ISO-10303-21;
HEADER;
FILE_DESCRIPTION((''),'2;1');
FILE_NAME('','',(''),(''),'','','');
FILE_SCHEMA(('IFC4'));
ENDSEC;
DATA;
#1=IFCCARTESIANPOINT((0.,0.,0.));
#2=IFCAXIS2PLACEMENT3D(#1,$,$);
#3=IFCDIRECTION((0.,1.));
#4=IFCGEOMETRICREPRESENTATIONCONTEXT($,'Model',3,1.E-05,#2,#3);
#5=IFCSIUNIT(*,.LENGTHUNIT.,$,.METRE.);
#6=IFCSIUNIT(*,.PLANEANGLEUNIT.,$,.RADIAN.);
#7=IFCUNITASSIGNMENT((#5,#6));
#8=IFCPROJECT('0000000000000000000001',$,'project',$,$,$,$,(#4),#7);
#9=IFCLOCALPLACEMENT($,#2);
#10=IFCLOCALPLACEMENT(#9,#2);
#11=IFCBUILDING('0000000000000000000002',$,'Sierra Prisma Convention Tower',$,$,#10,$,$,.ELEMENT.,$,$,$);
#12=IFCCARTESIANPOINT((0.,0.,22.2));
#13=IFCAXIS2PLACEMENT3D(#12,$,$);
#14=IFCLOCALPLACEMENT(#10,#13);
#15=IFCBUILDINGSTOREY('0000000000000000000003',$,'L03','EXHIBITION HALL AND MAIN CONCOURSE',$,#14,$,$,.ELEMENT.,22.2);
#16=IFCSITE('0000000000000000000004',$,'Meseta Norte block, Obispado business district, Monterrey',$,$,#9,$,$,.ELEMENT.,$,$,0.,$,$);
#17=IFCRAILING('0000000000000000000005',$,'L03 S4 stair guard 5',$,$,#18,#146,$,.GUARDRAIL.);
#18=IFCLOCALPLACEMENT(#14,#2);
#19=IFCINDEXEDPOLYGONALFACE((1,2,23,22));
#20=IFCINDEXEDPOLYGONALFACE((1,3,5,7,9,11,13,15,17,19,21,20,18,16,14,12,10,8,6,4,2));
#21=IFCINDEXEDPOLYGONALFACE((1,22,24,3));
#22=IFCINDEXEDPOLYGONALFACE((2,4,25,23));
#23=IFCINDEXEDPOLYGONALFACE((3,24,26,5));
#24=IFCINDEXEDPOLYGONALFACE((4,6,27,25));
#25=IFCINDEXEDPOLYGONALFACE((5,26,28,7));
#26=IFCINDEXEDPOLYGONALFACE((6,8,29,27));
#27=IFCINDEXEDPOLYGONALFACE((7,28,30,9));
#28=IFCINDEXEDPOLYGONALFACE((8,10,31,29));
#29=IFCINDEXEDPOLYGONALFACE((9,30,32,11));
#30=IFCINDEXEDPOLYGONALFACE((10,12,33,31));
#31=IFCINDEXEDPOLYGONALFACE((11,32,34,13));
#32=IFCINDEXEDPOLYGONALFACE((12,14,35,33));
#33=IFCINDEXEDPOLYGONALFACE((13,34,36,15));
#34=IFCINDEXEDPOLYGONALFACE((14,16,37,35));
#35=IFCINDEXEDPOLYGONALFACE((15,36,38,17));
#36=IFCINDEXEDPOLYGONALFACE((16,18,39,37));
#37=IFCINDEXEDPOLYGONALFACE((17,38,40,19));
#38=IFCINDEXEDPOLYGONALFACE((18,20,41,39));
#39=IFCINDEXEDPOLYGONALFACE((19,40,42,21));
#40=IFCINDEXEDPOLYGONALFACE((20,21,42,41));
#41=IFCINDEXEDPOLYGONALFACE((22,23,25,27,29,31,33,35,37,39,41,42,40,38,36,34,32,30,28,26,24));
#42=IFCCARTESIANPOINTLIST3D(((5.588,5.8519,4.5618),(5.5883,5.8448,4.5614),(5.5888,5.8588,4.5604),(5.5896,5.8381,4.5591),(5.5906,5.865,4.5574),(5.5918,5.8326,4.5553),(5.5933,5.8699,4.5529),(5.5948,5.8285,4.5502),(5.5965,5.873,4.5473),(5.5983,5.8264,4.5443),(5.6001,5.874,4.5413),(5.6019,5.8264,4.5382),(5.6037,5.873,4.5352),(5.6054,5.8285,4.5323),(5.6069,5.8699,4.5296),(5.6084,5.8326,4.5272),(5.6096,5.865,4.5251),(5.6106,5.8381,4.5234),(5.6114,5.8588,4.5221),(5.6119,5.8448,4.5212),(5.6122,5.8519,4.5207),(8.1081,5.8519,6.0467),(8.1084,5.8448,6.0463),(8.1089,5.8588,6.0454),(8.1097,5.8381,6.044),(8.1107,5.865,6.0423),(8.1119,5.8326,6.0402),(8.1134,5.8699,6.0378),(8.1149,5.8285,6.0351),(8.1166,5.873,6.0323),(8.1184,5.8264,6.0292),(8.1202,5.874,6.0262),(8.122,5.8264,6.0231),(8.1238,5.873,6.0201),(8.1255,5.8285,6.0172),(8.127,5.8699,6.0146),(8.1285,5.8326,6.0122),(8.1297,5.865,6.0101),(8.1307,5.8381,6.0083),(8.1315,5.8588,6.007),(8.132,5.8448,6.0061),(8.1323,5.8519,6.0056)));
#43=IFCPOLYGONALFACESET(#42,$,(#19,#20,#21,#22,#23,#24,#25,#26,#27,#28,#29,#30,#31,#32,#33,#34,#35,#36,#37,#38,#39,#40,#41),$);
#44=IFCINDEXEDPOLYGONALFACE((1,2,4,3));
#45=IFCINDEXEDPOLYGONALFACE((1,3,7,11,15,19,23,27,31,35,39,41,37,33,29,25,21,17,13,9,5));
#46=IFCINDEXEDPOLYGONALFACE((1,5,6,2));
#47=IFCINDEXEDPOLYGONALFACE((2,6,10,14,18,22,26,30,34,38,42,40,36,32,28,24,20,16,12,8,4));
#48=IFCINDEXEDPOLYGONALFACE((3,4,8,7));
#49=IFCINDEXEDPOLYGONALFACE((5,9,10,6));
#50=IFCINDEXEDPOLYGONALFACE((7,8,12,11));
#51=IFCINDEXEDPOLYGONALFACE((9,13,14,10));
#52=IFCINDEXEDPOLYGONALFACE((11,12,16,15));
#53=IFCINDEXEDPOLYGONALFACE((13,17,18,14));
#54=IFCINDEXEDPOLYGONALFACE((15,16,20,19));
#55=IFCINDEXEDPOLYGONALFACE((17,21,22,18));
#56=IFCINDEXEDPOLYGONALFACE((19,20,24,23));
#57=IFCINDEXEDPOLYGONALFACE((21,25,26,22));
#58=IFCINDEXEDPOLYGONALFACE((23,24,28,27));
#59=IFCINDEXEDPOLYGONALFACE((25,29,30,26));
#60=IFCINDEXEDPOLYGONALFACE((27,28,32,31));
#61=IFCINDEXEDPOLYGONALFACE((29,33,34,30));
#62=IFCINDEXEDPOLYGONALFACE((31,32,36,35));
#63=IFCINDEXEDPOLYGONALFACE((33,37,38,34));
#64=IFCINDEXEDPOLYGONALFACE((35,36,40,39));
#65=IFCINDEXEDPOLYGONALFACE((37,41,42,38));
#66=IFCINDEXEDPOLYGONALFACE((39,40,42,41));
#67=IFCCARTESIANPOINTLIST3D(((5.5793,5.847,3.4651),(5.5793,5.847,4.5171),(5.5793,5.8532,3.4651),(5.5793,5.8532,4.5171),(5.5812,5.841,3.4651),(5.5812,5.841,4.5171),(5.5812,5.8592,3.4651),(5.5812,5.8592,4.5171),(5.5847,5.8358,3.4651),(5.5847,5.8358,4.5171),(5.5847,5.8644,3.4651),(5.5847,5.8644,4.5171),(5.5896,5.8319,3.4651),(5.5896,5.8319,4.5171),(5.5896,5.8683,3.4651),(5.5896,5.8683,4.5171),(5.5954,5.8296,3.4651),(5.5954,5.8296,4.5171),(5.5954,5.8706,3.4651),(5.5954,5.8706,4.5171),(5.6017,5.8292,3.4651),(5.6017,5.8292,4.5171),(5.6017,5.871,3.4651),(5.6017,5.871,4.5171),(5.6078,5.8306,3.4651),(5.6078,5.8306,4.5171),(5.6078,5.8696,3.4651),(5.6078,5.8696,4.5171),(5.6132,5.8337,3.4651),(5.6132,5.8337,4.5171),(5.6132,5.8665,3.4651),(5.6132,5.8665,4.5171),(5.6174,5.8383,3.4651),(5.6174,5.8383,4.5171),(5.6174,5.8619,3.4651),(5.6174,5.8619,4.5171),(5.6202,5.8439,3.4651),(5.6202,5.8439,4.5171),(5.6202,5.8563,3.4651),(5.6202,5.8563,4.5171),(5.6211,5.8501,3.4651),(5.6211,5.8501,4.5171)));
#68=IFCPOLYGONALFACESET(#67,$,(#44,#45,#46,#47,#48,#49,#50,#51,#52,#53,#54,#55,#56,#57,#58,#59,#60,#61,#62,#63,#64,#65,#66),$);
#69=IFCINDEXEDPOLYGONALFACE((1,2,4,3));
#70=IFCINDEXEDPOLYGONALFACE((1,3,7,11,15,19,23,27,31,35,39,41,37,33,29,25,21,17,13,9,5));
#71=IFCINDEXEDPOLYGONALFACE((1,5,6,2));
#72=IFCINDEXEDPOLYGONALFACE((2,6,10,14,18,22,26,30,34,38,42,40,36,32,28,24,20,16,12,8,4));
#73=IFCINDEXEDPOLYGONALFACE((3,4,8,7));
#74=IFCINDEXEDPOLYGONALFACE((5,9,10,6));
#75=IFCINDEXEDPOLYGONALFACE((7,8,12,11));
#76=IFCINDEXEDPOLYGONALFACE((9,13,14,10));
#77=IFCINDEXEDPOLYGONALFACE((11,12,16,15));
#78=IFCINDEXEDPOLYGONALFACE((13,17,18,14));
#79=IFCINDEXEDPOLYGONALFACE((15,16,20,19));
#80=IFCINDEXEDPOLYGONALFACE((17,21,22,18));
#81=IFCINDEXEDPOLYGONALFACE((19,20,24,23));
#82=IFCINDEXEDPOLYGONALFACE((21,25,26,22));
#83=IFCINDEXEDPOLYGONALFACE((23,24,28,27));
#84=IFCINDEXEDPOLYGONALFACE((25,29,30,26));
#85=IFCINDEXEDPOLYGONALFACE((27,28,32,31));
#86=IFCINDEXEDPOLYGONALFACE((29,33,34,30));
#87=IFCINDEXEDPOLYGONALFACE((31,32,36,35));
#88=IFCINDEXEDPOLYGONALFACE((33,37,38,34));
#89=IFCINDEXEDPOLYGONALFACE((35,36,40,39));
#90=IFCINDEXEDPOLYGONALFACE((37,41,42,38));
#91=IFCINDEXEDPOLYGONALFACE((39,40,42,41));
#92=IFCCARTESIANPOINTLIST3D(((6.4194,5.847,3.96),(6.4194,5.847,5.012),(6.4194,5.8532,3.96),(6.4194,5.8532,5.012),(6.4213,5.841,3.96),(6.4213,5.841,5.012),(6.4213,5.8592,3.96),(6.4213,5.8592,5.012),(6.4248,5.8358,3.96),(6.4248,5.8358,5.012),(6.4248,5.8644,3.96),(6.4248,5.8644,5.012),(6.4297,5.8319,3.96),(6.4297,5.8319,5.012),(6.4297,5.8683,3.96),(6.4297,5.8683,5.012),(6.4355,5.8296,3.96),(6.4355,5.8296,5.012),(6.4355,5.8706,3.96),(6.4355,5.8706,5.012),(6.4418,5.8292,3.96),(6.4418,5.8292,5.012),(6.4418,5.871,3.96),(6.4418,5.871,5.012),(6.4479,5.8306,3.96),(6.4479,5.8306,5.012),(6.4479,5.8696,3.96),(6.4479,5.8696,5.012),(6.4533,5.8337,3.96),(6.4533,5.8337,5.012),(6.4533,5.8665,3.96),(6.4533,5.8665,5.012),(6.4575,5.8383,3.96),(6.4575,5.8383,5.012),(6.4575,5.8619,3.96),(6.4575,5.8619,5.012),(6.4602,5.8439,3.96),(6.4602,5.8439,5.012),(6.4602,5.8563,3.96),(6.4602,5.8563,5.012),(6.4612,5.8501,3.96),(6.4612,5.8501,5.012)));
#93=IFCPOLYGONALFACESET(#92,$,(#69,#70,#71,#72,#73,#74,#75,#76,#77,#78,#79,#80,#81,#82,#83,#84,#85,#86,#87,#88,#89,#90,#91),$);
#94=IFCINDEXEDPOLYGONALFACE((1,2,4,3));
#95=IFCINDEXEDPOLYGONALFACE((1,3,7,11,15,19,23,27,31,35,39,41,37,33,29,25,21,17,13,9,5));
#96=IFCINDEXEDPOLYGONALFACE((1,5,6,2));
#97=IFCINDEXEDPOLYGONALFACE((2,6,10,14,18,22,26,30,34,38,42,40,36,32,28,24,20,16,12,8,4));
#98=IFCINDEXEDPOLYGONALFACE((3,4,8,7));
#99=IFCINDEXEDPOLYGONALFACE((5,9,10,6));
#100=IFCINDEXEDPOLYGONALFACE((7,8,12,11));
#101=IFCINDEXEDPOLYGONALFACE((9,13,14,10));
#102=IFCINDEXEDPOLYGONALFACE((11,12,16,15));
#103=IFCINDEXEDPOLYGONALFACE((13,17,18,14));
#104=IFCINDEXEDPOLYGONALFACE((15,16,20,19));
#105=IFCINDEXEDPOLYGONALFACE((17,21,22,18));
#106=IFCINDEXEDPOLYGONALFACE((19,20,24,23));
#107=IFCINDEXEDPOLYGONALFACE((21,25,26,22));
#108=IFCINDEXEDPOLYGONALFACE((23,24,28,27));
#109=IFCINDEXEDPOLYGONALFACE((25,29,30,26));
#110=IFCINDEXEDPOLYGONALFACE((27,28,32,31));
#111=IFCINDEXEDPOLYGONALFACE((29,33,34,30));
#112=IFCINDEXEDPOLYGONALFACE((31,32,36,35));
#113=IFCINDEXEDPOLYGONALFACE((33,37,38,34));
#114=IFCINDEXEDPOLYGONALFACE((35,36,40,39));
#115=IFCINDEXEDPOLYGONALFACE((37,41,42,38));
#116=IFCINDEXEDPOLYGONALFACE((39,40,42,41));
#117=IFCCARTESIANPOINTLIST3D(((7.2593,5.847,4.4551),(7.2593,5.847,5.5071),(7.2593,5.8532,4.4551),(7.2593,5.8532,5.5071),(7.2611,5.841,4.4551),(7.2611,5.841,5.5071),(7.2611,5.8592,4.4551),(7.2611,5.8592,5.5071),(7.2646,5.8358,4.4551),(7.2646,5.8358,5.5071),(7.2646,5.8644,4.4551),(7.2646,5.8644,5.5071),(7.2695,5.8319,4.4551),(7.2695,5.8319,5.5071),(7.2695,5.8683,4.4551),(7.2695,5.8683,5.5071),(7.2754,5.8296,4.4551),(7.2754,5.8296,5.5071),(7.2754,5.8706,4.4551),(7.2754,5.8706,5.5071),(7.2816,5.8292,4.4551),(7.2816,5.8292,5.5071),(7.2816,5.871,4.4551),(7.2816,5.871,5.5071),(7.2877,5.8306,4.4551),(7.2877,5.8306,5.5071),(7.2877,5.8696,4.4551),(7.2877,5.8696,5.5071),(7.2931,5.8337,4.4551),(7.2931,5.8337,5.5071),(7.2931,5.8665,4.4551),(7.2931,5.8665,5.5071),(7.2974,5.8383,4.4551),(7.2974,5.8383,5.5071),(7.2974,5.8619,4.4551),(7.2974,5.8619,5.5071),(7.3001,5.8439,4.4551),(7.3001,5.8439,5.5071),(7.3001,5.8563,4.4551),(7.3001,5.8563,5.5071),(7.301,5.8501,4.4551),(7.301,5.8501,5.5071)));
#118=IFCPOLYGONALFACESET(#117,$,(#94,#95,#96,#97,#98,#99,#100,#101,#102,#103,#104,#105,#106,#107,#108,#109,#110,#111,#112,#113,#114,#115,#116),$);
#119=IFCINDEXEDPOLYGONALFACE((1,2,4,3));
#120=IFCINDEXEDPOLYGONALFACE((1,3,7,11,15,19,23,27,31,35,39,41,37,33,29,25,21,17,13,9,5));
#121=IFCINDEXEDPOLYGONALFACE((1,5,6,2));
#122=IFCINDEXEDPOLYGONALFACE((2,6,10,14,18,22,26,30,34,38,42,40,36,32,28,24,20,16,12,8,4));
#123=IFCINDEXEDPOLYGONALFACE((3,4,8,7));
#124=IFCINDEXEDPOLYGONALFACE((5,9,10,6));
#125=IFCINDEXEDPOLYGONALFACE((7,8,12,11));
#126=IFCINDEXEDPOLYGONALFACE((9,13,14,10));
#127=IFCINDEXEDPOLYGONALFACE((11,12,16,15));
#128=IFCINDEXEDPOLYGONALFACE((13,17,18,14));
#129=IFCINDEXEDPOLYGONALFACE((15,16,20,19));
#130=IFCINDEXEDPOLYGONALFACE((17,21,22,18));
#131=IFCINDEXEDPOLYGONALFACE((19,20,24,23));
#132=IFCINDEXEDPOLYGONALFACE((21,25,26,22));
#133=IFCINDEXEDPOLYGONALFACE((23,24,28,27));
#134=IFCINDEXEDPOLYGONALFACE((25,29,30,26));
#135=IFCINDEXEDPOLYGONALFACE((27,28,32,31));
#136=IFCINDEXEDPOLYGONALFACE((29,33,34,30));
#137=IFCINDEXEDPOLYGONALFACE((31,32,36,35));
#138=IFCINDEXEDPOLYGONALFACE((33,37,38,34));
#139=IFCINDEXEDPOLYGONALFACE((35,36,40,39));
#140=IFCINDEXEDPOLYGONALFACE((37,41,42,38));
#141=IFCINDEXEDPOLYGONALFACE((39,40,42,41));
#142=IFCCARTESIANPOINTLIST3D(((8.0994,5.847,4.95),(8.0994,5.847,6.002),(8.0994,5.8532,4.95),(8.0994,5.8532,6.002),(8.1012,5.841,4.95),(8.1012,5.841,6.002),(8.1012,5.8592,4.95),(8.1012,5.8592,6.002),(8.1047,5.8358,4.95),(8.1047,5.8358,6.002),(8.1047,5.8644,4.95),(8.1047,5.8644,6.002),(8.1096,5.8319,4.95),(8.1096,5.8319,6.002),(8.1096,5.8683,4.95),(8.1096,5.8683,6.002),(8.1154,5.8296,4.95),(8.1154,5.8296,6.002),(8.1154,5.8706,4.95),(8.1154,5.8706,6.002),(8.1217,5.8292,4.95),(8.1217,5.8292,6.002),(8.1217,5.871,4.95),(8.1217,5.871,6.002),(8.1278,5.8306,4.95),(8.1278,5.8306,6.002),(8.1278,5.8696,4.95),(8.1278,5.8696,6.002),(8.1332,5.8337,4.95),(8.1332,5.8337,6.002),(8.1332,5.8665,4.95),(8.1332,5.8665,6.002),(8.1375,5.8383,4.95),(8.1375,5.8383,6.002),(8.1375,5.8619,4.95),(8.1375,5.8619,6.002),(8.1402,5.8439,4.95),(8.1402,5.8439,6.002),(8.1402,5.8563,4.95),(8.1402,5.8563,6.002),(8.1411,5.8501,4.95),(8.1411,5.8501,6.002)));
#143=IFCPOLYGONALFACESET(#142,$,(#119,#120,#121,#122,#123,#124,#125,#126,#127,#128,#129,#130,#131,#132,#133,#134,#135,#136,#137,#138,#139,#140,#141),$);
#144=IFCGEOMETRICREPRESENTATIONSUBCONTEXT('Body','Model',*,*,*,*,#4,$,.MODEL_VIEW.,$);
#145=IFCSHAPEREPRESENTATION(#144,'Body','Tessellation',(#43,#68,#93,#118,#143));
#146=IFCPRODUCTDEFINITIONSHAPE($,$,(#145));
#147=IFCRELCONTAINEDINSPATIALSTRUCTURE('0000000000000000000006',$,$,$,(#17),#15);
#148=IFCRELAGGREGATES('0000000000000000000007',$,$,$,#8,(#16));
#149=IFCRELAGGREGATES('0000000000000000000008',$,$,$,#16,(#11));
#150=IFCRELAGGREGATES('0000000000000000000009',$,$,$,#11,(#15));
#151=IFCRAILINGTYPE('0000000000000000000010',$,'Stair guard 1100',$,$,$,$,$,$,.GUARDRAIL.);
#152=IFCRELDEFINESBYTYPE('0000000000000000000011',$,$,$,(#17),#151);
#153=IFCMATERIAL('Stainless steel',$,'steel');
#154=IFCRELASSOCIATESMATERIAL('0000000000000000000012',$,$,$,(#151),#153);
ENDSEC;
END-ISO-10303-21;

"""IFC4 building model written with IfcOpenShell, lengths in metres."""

from ifc_helpers import new_model, si_unit, direction, frame, origin, origin_2d, place, context, subcontext, project, spatial, circle, extrude, material, type_object, element, save


model = new_model("IFC4")

# Units and contexts
model_context = context("Model", 3, precision=1e-05, world=origin(), true_north=direction((0.0, 1.0)))
body_context = subcontext(model_context, "Body", "Model", "MODEL_VIEW")
ifc_project = project(units=[si_unit("LENGTHUNIT", "METRE"), si_unit("PLANEANGLEUNIT", "RADIAN")], contexts=[model_context])

# Site, building, storey
site_placement = place(None, origin())
site = spatial("IfcSite", under=ifc_project, at=site_placement, Name="Meseta Norte block, Obispado business district, Monterrey", CompositionType="ELEMENT", RefElevation=0.0)
building_placement = place(site_placement, origin())
building = spatial("IfcBuilding", under=site, at=building_placement, Name="Sierra Prisma Convention Tower", CompositionType="ELEMENT")
storey_placement = place(building_placement, frame((0.0, 0.0, 22.2)))
storey = spatial("IfcBuildingStorey", under=building, at=storey_placement, Name="L03", Description="EXHIBITION HALL AND MAIN CONCOURSE", CompositionType="ELEMENT", Elevation=22.2)

# Railing
ifc_material_1 = material(Name="Stainless steel", Category="steel")
railing_type_1 = type_object("IfcRailingType", Name="Stair guard 1100", PredefinedType="GUARDRAIL", material=ifc_material_1)
railing_1_placement = place(storey_placement, frame((5.6001, 5.8501, 3.4651)))
element("IfcRailing", 1, at=railing_1_placement, inside=storey, type_object=railing_type_1, Name="L03 S4 stair guard 5", PredefinedType="GUARDRAIL", context=body_context, shape_type="SweptSolid", body=[
    extrude(circle(Radius=0.0239, at=origin_2d()), frame((0.0, 0.0, 1.0762), z_axis=(0.861561, 0.0, 0.507655), x_axis=(0.0, 1.0, 0.0)), (0.0, 0.0, 1.0), 2.925),
    extrude(circle(Radius=0.021, at=origin_2d()), origin(), (0.0, 0.0, 1.0), 1.052),
    extrude(circle(Radius=0.021, at=origin_2d()), frame((0.8401, 0.0, 0.4949)), (0.0, 0.0, 1.0), 1.052),
    extrude(circle(Radius=0.021, at=origin_2d()), frame((1.6799, 0.0, 0.99)), (0.0, 0.0, 1.0), 1.052),
    extrude(circle(Radius=0.021, at=origin_2d()), frame((2.52, 0.0, 1.4849)), (0.0, 0.0, 1.0), 1.052),
])

save(model, "model.ifc")
